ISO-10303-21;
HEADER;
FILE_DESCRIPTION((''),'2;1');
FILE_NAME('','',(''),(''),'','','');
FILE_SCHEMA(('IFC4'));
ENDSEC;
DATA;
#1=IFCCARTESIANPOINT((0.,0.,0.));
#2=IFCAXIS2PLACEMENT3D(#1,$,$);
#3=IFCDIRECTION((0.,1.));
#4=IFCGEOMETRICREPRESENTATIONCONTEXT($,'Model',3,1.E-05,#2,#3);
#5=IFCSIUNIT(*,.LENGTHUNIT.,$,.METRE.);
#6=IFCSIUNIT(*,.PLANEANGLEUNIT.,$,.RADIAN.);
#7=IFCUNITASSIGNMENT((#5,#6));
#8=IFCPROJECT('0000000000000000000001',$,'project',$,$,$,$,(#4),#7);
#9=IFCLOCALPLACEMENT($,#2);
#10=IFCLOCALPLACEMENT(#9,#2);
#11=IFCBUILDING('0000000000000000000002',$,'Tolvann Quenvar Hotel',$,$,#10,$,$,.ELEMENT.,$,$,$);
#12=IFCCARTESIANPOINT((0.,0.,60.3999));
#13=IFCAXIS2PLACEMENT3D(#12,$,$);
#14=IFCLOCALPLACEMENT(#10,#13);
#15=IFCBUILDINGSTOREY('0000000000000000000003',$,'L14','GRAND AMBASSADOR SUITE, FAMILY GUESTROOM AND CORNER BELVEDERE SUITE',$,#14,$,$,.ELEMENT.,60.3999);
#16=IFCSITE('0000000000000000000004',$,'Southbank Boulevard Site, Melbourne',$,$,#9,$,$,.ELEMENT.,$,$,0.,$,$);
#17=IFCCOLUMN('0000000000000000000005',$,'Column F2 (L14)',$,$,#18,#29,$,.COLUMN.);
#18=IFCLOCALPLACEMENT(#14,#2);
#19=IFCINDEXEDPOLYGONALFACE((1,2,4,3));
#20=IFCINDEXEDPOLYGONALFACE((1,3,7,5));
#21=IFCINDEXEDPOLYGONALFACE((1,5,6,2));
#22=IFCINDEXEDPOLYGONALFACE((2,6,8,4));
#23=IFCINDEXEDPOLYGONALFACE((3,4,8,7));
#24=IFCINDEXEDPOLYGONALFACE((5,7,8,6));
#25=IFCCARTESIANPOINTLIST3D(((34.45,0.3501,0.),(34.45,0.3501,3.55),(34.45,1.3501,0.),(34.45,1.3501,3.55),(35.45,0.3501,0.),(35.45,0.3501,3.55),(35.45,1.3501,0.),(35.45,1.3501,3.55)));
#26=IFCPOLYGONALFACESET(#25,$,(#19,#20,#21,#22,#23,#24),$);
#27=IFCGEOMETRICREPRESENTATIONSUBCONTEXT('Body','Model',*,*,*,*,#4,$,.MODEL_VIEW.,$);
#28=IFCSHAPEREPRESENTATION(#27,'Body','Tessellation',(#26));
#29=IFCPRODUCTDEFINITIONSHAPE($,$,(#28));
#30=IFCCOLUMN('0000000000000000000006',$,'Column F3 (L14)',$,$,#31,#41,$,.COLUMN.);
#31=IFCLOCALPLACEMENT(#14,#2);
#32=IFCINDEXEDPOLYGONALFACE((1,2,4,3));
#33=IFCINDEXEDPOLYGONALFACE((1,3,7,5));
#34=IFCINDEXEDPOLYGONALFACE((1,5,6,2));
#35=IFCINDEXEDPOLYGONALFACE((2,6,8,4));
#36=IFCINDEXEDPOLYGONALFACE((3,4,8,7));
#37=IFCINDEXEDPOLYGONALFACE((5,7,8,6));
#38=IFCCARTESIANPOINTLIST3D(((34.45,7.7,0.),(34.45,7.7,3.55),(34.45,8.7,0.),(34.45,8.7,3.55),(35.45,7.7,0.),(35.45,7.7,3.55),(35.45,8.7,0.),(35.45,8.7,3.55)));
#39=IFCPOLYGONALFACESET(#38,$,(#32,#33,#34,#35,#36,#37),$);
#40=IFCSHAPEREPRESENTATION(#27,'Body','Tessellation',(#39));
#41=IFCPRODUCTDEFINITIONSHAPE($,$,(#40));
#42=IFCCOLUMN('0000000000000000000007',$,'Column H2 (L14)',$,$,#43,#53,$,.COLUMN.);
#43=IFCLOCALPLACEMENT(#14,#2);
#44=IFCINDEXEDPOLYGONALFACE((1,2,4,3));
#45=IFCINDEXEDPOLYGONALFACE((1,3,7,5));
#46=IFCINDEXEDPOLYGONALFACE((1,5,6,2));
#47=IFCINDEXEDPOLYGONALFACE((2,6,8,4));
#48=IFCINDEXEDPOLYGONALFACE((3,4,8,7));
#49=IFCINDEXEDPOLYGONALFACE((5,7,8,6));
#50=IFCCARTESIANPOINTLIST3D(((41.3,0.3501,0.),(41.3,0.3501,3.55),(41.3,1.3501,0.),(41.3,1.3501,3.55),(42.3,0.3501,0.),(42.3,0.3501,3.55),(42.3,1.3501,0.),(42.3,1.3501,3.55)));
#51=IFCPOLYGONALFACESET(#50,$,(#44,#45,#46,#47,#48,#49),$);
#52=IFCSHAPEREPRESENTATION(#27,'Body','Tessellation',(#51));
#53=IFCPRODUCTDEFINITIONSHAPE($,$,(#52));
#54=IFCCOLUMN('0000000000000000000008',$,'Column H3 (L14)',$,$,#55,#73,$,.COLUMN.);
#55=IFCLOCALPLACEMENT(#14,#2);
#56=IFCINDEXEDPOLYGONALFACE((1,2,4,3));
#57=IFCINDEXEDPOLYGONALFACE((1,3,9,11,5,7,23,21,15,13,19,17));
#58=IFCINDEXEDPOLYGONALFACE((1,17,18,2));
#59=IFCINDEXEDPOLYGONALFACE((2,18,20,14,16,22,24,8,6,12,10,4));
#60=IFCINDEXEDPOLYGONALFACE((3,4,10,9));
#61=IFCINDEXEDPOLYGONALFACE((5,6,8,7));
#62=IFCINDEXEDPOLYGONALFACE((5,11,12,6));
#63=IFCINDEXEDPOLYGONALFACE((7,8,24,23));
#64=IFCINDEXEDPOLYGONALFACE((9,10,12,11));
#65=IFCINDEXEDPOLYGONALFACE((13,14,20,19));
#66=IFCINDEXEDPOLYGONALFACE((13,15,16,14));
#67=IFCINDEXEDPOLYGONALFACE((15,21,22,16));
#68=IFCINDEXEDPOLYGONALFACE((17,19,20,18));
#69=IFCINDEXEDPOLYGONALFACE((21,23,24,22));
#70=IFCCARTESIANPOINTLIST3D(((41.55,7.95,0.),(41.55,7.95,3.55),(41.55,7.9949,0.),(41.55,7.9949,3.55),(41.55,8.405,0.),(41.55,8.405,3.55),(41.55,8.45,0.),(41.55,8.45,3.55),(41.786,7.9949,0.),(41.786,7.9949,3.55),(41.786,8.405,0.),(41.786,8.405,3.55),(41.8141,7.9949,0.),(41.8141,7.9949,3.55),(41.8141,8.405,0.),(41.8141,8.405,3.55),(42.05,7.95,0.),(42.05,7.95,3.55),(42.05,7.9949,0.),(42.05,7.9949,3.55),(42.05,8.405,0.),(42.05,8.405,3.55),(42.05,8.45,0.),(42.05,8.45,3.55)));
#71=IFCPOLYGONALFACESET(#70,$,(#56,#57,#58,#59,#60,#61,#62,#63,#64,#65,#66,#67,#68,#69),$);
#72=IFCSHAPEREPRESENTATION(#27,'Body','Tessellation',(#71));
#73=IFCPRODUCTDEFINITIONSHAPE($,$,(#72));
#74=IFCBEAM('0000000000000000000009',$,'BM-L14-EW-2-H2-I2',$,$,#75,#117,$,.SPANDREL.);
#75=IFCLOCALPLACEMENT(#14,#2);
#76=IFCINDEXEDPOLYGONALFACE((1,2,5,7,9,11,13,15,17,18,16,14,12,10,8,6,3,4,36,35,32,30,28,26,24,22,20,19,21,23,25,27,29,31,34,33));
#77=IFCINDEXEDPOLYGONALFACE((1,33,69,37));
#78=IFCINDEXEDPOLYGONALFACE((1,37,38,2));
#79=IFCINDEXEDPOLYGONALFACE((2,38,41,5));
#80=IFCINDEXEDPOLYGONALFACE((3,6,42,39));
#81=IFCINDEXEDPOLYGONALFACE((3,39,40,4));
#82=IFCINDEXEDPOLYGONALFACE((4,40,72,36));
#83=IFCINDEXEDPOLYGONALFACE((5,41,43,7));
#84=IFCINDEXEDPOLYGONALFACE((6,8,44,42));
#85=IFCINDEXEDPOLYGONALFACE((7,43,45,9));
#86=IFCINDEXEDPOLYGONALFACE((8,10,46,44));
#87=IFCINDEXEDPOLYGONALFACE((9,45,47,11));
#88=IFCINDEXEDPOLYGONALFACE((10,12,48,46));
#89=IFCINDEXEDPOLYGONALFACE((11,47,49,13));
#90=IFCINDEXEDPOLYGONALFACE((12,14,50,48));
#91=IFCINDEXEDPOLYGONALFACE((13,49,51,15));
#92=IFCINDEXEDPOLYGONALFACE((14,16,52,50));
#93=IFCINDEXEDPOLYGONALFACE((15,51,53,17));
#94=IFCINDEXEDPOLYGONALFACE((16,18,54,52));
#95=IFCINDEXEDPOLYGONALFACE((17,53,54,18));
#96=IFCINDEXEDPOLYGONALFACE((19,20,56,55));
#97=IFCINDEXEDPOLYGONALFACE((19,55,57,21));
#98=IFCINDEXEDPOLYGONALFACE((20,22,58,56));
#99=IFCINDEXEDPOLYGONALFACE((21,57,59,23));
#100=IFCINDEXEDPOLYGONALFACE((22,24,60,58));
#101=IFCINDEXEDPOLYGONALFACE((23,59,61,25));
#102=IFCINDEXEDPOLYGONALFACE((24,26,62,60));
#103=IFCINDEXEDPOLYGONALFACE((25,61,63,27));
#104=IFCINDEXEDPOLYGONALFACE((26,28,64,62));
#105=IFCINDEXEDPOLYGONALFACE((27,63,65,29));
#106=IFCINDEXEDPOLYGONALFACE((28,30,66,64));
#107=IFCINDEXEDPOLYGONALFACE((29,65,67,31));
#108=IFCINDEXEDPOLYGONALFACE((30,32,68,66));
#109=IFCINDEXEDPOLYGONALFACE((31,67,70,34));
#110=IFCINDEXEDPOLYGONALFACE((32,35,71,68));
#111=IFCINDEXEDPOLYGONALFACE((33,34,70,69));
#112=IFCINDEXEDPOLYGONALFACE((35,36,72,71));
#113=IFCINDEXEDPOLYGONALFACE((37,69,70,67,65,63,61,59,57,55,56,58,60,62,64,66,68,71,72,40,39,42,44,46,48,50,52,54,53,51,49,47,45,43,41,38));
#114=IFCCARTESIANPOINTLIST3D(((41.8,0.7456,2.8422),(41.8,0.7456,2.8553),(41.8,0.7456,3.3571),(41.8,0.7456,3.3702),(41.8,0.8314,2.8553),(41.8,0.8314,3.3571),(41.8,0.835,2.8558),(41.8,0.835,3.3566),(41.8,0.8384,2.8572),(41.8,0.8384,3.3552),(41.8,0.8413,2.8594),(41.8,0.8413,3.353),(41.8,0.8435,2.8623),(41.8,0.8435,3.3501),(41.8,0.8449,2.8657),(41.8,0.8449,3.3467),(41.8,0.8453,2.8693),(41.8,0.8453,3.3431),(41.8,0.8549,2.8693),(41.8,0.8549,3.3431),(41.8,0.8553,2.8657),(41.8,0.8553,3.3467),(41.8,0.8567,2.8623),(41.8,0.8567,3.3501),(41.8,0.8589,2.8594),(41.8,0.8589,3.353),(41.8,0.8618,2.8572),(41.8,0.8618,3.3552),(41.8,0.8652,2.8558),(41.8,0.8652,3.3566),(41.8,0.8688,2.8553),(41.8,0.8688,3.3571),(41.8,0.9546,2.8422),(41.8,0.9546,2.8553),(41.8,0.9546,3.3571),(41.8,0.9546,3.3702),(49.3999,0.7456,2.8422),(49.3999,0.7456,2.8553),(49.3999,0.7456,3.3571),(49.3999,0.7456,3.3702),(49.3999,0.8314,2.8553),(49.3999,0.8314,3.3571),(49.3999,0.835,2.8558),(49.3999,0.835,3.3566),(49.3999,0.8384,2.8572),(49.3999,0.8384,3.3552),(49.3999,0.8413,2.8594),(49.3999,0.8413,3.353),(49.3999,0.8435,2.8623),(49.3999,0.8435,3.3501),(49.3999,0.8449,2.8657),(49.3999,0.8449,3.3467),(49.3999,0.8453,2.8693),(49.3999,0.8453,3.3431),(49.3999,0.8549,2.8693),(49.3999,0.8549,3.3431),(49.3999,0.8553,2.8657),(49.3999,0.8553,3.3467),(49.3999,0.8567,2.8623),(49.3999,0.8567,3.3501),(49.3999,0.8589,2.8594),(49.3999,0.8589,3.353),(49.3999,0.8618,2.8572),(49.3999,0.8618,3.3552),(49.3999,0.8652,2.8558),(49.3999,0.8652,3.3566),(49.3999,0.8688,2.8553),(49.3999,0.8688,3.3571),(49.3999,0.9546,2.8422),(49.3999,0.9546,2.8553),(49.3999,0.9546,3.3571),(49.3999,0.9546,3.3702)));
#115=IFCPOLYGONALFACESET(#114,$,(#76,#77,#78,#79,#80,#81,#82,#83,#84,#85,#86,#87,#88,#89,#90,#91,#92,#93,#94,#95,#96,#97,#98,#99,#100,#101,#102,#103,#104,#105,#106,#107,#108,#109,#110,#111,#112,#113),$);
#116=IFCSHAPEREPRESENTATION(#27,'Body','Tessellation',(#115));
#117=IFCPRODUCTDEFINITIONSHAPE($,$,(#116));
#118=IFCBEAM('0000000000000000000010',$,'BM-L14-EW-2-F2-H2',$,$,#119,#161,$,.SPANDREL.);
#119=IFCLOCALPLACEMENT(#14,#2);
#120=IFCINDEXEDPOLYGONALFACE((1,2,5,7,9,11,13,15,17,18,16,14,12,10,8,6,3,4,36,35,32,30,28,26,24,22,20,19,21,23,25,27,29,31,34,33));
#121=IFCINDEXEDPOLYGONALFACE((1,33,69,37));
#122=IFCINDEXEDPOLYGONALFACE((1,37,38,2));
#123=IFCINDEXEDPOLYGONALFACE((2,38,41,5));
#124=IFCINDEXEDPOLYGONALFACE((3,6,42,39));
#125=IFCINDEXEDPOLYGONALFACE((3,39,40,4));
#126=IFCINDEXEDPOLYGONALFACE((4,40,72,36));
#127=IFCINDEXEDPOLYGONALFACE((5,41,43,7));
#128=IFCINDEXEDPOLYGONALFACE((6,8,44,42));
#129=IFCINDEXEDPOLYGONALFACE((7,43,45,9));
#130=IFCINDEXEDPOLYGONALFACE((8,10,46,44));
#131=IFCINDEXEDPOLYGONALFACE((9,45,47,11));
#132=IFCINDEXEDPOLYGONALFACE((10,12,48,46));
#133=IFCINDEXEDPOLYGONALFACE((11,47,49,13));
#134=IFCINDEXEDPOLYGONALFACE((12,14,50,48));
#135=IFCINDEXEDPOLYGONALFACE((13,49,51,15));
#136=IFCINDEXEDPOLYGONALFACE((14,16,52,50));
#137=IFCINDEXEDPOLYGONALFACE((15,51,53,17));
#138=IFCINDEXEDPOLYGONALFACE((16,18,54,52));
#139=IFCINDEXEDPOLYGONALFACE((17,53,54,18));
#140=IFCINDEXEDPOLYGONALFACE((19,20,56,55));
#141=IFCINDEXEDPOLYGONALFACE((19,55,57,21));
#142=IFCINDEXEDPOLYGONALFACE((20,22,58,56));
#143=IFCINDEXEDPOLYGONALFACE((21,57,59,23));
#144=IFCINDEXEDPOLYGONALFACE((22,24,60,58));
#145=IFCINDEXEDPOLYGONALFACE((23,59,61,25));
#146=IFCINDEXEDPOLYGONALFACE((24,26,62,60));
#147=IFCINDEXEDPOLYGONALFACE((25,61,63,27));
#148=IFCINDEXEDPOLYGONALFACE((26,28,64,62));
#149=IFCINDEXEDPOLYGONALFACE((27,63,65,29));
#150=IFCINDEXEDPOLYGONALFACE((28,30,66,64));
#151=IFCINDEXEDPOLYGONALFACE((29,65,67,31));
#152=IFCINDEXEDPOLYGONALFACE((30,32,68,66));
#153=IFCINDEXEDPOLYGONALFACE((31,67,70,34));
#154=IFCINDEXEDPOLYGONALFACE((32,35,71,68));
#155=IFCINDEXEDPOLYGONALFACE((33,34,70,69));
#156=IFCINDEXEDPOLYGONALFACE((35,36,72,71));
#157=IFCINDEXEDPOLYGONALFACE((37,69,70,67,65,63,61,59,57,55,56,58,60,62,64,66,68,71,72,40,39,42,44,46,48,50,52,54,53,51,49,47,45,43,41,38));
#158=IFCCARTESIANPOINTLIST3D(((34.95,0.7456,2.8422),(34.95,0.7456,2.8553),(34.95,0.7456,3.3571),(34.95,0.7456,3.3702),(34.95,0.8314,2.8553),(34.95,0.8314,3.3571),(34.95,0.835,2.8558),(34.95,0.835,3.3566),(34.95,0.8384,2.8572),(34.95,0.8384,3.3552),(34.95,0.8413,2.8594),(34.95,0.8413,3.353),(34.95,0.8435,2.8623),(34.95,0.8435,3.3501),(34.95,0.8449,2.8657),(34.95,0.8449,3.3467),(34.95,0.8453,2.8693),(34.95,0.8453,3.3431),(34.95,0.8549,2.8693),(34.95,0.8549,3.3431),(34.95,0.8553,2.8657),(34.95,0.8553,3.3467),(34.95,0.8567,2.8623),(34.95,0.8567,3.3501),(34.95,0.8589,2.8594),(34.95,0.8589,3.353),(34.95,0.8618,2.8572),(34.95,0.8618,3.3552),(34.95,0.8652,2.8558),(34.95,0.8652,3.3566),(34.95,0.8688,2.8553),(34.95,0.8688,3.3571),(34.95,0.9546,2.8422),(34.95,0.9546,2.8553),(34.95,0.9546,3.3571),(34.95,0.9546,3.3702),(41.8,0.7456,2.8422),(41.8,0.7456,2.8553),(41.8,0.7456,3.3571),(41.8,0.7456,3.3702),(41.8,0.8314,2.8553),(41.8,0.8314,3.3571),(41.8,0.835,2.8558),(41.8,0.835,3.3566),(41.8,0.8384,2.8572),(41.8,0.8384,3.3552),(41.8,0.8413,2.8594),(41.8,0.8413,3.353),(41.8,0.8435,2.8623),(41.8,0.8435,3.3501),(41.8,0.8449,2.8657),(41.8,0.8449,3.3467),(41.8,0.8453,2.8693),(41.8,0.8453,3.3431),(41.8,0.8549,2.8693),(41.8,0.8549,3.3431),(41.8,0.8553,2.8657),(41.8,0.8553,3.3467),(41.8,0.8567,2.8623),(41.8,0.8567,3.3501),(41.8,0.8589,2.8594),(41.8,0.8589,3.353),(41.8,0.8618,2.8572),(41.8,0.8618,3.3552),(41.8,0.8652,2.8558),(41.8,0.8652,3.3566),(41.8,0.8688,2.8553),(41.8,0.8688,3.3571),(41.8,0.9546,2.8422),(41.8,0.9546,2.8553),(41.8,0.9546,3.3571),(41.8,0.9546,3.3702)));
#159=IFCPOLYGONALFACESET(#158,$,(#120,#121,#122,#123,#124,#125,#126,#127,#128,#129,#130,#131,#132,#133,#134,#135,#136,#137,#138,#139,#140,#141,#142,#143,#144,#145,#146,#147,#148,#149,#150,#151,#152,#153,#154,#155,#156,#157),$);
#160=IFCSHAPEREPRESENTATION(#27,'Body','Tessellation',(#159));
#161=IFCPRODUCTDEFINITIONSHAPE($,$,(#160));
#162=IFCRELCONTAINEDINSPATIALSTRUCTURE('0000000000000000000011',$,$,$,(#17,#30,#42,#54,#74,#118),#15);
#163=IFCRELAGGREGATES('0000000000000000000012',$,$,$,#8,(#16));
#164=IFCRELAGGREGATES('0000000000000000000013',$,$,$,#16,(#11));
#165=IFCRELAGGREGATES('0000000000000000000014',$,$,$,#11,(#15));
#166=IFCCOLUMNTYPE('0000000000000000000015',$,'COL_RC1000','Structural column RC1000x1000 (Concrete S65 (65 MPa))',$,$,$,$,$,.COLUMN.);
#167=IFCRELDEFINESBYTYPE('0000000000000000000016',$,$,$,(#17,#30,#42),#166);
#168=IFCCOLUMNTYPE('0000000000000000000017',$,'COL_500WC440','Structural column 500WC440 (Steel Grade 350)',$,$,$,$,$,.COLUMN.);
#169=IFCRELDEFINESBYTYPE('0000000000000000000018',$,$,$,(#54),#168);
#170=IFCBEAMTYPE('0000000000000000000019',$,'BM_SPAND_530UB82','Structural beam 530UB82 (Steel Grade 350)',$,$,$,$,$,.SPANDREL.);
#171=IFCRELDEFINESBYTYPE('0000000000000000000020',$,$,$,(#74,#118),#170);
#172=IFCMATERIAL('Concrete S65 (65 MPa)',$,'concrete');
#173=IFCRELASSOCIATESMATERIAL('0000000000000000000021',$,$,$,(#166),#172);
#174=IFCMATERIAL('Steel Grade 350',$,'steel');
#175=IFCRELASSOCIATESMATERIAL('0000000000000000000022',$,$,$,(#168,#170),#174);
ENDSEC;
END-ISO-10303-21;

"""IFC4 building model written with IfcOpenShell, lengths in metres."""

from ifc_helpers import new_model, si_unit, direction, frame, origin, origin_2d, place, context, subcontext, project, spatial, rectangle, i_section, extrude, source, transform, mapped, material, material_profile, profile_set, type_object, type_shapes, element, save


model = new_model("IFC4")

# Units and contexts
model_context = context("Model", 3, precision=1e-05, world=origin(), true_north=direction((0.0, 1.0)))
body_context = subcontext(model_context, "Body", "Model", "MODEL_VIEW")
ifc_project = project(units=[si_unit("LENGTHUNIT", "METRE"), si_unit("PLANEANGLEUNIT", "RADIAN")], contexts=[model_context])

# Site, building, storey
site_placement = place(None, origin())
site = spatial("IfcSite", under=ifc_project, at=site_placement, Name="Southbank Boulevard Site, Melbourne", CompositionType="ELEMENT", RefElevation=0.0)
building_placement = place(site_placement, origin())
building = spatial("IfcBuilding", under=site, at=building_placement, Name="Tolvann Quenvar Hotel", CompositionType="ELEMENT")
storey_placement = place(building_placement, frame((0.0, 0.0, 60.3999)))
storey = spatial("IfcBuildingStorey", under=building, at=storey_placement, Name="L14", Description="GRAND AMBASSADOR SUITE, FAMILY GUESTROOM AND CORNER BELVEDERE SUITE", CompositionType="ELEMENT", Elevation=60.3999)

# Columns
ifc_material_1 = material(Name="Concrete S65 (65 MPa)", Category="concrete")
ifc_material_profile_1 = material_profile(ifc_material_1, rectangle(XDim=1.0, YDim=1.0, at=origin_2d()), Name="RC1000x1000")
ifc_profile_set_1 = profile_set([ifc_material_profile_1], Name="Concrete S65 (65 MPa)")
column_type_1 = type_object("IfcColumnType", Name="COL_RC1000", Description="Structural column RC1000x1000 (Concrete S65 (65 MPa))", PredefinedType="COLUMN", material=ifc_profile_set_1)
shared_shape_1 = source(origin(), body_context, "Body", "SweptSolid", [
    extrude(rectangle(XDim=1.0, YDim=1.0, at=origin_2d()), origin(), (0.0, 0.0, 1.0), 3.55),
])
type_shapes(column_type_1, [shared_shape_1])
for number, where, z_axis, x_axis, name in (
    (1, (34.95, 0.8501, 0.0), (0.0, 0.0, 1.0), (1.0, 0.0, 0.0), "Column F2 (L14)"),
    (2, (34.95, 8.2, 0.0), (0.0, 0.0, 1.0), (1.0, 0.0, 0.0), "Column F3 (L14)"),
    (3, (41.8, 0.8501, 0.0), (0.0, 0.0, 1.0), (1.0, 0.0, 0.0), "Column H2 (L14)"),
):
    element("IfcColumn", number, at=place(storey_placement, frame(where, z_axis=z_axis, x_axis=x_axis)), inside=storey, type_object=column_type_1, Name=name, PredefinedType="COLUMN", context=body_context, shape_type="MappedRepresentation", body=[
        mapped(shared_shape_1, transform((0.0, 0.0, 0.0), x_axis=(1.0, 0.0, 0.0), y_axis=(0.0, 1.0, 0.0), z_axis=(0.0, 0.0, 1.0), scale=1.0)),
    ])
ifc_material_2 = material(Name="Steel Grade 350", Category="steel")
ifc_material_profile_2 = material_profile(ifc_material_2, i_section(OverallWidth=0.5, OverallDepth=0.5, WebThickness=0.0281, FlangeThickness=0.0449, at=origin_2d()), Name="500WC440")
ifc_profile_set_2 = profile_set([ifc_material_profile_2], Name="Steel Grade 350")
column_type_2 = type_object("IfcColumnType", Name="COL_500WC440", Description="Structural column 500WC440 (Steel Grade 350)", PredefinedType="COLUMN", material=ifc_profile_set_2)
shared_shape_2 = source(origin(), body_context, "Body", "SweptSolid", [
    extrude(i_section(OverallWidth=0.5, OverallDepth=0.5, WebThickness=0.0281, FlangeThickness=0.0449, at=origin_2d()), origin(), (0.0, 0.0, 1.0), 3.55),
])
type_shapes(column_type_2, [shared_shape_2])
column_placement = place(storey_placement, frame((41.8, 8.2, 0.0), z_axis=(0.0, 0.0, 1.0), x_axis=(1.0, 0.0, 0.0)))
element("IfcColumn", 4, at=column_placement, inside=storey, type_object=column_type_2, Name="Column H3 (L14)", PredefinedType="COLUMN", context=body_context, shape_type="MappedRepresentation", body=[
    mapped(shared_shape_2, transform((0.0, 0.0, 0.0), x_axis=(1.0, 0.0, 0.0), y_axis=(0.0, 1.0, 0.0), z_axis=(0.0, 0.0, 1.0), scale=1.0)),
])

# Beams
ifc_material_profile_3 = material_profile(ifc_material_2, i_section(OverallWidth=0.209, OverallDepth=0.5281, WebThickness=0.0095, FlangeThickness=0.0132, FilletRadius=0.0139, at=origin_2d()), Name="530UB82")
ifc_profile_set_3 = profile_set([ifc_material_profile_3], Name="Steel Grade 350")
beam_type_1 = type_object("IfcBeamType", Name="BM_SPAND_530UB82", Description="Structural beam 530UB82 (Steel Grade 350)", PredefinedType="SPANDREL", material=ifc_profile_set_3)
shared_shape_3 = source(origin(), body_context, "Body", "SweptSolid", [
    extrude(i_section(OverallWidth=0.209, OverallDepth=0.5281, WebThickness=0.0095, FlangeThickness=0.0132, FilletRadius=0.0139, at=origin_2d()), origin(), (0.0, 0.0, 1.0), 7.5999),
])
beam_1_placement = place(storey_placement, frame((41.8, 0.8501, 3.1062), z_axis=(1.0, 0.0, 0.0), x_axis=(0.0, 1.0, 0.0)))
element("IfcBeam", 5, at=beam_1_placement, inside=storey, type_object=beam_type_1, Name="BM-L14-EW-2-H2-I2", PredefinedType="SPANDREL", context=body_context, shape_type="MappedRepresentation", body=[
    mapped(shared_shape_3, transform((0.0, 0.0, 0.0), x_axis=(1.0, 0.0, 0.0), y_axis=(0.0, 1.0, 0.0), z_axis=(0.0, 0.0, 1.0), scale=1.0)),
])
shared_shape_4 = source(origin(), body_context, "Body", "SweptSolid", [
    extrude(i_section(OverallWidth=0.209, OverallDepth=0.5281, WebThickness=0.0095, FlangeThickness=0.0132, FilletRadius=0.0139, at=origin_2d()), origin(), (0.0, 0.0, 1.0), 6.8501),
])
type_shapes(beam_type_1, [shared_shape_3, shared_shape_4])
beam_2_placement = place(storey_placement, frame((34.95, 0.8501, 3.1062), z_axis=(1.0, 0.0, 0.0), x_axis=(0.0, 1.0, 0.0)))
element("IfcBeam", 6, at=beam_2_placement, inside=storey, type_object=beam_type_1, Name="BM-L14-EW-2-F2-H2", PredefinedType="SPANDREL", context=body_context, shape_type="MappedRepresentation", body=[
    mapped(shared_shape_4, transform((0.0, 0.0, 0.0), x_axis=(1.0, 0.0, 0.0), y_axis=(0.0, 1.0, 0.0), z_axis=(0.0, 0.0, 1.0), scale=1.0)),
])

save(model, "model.ifc")
